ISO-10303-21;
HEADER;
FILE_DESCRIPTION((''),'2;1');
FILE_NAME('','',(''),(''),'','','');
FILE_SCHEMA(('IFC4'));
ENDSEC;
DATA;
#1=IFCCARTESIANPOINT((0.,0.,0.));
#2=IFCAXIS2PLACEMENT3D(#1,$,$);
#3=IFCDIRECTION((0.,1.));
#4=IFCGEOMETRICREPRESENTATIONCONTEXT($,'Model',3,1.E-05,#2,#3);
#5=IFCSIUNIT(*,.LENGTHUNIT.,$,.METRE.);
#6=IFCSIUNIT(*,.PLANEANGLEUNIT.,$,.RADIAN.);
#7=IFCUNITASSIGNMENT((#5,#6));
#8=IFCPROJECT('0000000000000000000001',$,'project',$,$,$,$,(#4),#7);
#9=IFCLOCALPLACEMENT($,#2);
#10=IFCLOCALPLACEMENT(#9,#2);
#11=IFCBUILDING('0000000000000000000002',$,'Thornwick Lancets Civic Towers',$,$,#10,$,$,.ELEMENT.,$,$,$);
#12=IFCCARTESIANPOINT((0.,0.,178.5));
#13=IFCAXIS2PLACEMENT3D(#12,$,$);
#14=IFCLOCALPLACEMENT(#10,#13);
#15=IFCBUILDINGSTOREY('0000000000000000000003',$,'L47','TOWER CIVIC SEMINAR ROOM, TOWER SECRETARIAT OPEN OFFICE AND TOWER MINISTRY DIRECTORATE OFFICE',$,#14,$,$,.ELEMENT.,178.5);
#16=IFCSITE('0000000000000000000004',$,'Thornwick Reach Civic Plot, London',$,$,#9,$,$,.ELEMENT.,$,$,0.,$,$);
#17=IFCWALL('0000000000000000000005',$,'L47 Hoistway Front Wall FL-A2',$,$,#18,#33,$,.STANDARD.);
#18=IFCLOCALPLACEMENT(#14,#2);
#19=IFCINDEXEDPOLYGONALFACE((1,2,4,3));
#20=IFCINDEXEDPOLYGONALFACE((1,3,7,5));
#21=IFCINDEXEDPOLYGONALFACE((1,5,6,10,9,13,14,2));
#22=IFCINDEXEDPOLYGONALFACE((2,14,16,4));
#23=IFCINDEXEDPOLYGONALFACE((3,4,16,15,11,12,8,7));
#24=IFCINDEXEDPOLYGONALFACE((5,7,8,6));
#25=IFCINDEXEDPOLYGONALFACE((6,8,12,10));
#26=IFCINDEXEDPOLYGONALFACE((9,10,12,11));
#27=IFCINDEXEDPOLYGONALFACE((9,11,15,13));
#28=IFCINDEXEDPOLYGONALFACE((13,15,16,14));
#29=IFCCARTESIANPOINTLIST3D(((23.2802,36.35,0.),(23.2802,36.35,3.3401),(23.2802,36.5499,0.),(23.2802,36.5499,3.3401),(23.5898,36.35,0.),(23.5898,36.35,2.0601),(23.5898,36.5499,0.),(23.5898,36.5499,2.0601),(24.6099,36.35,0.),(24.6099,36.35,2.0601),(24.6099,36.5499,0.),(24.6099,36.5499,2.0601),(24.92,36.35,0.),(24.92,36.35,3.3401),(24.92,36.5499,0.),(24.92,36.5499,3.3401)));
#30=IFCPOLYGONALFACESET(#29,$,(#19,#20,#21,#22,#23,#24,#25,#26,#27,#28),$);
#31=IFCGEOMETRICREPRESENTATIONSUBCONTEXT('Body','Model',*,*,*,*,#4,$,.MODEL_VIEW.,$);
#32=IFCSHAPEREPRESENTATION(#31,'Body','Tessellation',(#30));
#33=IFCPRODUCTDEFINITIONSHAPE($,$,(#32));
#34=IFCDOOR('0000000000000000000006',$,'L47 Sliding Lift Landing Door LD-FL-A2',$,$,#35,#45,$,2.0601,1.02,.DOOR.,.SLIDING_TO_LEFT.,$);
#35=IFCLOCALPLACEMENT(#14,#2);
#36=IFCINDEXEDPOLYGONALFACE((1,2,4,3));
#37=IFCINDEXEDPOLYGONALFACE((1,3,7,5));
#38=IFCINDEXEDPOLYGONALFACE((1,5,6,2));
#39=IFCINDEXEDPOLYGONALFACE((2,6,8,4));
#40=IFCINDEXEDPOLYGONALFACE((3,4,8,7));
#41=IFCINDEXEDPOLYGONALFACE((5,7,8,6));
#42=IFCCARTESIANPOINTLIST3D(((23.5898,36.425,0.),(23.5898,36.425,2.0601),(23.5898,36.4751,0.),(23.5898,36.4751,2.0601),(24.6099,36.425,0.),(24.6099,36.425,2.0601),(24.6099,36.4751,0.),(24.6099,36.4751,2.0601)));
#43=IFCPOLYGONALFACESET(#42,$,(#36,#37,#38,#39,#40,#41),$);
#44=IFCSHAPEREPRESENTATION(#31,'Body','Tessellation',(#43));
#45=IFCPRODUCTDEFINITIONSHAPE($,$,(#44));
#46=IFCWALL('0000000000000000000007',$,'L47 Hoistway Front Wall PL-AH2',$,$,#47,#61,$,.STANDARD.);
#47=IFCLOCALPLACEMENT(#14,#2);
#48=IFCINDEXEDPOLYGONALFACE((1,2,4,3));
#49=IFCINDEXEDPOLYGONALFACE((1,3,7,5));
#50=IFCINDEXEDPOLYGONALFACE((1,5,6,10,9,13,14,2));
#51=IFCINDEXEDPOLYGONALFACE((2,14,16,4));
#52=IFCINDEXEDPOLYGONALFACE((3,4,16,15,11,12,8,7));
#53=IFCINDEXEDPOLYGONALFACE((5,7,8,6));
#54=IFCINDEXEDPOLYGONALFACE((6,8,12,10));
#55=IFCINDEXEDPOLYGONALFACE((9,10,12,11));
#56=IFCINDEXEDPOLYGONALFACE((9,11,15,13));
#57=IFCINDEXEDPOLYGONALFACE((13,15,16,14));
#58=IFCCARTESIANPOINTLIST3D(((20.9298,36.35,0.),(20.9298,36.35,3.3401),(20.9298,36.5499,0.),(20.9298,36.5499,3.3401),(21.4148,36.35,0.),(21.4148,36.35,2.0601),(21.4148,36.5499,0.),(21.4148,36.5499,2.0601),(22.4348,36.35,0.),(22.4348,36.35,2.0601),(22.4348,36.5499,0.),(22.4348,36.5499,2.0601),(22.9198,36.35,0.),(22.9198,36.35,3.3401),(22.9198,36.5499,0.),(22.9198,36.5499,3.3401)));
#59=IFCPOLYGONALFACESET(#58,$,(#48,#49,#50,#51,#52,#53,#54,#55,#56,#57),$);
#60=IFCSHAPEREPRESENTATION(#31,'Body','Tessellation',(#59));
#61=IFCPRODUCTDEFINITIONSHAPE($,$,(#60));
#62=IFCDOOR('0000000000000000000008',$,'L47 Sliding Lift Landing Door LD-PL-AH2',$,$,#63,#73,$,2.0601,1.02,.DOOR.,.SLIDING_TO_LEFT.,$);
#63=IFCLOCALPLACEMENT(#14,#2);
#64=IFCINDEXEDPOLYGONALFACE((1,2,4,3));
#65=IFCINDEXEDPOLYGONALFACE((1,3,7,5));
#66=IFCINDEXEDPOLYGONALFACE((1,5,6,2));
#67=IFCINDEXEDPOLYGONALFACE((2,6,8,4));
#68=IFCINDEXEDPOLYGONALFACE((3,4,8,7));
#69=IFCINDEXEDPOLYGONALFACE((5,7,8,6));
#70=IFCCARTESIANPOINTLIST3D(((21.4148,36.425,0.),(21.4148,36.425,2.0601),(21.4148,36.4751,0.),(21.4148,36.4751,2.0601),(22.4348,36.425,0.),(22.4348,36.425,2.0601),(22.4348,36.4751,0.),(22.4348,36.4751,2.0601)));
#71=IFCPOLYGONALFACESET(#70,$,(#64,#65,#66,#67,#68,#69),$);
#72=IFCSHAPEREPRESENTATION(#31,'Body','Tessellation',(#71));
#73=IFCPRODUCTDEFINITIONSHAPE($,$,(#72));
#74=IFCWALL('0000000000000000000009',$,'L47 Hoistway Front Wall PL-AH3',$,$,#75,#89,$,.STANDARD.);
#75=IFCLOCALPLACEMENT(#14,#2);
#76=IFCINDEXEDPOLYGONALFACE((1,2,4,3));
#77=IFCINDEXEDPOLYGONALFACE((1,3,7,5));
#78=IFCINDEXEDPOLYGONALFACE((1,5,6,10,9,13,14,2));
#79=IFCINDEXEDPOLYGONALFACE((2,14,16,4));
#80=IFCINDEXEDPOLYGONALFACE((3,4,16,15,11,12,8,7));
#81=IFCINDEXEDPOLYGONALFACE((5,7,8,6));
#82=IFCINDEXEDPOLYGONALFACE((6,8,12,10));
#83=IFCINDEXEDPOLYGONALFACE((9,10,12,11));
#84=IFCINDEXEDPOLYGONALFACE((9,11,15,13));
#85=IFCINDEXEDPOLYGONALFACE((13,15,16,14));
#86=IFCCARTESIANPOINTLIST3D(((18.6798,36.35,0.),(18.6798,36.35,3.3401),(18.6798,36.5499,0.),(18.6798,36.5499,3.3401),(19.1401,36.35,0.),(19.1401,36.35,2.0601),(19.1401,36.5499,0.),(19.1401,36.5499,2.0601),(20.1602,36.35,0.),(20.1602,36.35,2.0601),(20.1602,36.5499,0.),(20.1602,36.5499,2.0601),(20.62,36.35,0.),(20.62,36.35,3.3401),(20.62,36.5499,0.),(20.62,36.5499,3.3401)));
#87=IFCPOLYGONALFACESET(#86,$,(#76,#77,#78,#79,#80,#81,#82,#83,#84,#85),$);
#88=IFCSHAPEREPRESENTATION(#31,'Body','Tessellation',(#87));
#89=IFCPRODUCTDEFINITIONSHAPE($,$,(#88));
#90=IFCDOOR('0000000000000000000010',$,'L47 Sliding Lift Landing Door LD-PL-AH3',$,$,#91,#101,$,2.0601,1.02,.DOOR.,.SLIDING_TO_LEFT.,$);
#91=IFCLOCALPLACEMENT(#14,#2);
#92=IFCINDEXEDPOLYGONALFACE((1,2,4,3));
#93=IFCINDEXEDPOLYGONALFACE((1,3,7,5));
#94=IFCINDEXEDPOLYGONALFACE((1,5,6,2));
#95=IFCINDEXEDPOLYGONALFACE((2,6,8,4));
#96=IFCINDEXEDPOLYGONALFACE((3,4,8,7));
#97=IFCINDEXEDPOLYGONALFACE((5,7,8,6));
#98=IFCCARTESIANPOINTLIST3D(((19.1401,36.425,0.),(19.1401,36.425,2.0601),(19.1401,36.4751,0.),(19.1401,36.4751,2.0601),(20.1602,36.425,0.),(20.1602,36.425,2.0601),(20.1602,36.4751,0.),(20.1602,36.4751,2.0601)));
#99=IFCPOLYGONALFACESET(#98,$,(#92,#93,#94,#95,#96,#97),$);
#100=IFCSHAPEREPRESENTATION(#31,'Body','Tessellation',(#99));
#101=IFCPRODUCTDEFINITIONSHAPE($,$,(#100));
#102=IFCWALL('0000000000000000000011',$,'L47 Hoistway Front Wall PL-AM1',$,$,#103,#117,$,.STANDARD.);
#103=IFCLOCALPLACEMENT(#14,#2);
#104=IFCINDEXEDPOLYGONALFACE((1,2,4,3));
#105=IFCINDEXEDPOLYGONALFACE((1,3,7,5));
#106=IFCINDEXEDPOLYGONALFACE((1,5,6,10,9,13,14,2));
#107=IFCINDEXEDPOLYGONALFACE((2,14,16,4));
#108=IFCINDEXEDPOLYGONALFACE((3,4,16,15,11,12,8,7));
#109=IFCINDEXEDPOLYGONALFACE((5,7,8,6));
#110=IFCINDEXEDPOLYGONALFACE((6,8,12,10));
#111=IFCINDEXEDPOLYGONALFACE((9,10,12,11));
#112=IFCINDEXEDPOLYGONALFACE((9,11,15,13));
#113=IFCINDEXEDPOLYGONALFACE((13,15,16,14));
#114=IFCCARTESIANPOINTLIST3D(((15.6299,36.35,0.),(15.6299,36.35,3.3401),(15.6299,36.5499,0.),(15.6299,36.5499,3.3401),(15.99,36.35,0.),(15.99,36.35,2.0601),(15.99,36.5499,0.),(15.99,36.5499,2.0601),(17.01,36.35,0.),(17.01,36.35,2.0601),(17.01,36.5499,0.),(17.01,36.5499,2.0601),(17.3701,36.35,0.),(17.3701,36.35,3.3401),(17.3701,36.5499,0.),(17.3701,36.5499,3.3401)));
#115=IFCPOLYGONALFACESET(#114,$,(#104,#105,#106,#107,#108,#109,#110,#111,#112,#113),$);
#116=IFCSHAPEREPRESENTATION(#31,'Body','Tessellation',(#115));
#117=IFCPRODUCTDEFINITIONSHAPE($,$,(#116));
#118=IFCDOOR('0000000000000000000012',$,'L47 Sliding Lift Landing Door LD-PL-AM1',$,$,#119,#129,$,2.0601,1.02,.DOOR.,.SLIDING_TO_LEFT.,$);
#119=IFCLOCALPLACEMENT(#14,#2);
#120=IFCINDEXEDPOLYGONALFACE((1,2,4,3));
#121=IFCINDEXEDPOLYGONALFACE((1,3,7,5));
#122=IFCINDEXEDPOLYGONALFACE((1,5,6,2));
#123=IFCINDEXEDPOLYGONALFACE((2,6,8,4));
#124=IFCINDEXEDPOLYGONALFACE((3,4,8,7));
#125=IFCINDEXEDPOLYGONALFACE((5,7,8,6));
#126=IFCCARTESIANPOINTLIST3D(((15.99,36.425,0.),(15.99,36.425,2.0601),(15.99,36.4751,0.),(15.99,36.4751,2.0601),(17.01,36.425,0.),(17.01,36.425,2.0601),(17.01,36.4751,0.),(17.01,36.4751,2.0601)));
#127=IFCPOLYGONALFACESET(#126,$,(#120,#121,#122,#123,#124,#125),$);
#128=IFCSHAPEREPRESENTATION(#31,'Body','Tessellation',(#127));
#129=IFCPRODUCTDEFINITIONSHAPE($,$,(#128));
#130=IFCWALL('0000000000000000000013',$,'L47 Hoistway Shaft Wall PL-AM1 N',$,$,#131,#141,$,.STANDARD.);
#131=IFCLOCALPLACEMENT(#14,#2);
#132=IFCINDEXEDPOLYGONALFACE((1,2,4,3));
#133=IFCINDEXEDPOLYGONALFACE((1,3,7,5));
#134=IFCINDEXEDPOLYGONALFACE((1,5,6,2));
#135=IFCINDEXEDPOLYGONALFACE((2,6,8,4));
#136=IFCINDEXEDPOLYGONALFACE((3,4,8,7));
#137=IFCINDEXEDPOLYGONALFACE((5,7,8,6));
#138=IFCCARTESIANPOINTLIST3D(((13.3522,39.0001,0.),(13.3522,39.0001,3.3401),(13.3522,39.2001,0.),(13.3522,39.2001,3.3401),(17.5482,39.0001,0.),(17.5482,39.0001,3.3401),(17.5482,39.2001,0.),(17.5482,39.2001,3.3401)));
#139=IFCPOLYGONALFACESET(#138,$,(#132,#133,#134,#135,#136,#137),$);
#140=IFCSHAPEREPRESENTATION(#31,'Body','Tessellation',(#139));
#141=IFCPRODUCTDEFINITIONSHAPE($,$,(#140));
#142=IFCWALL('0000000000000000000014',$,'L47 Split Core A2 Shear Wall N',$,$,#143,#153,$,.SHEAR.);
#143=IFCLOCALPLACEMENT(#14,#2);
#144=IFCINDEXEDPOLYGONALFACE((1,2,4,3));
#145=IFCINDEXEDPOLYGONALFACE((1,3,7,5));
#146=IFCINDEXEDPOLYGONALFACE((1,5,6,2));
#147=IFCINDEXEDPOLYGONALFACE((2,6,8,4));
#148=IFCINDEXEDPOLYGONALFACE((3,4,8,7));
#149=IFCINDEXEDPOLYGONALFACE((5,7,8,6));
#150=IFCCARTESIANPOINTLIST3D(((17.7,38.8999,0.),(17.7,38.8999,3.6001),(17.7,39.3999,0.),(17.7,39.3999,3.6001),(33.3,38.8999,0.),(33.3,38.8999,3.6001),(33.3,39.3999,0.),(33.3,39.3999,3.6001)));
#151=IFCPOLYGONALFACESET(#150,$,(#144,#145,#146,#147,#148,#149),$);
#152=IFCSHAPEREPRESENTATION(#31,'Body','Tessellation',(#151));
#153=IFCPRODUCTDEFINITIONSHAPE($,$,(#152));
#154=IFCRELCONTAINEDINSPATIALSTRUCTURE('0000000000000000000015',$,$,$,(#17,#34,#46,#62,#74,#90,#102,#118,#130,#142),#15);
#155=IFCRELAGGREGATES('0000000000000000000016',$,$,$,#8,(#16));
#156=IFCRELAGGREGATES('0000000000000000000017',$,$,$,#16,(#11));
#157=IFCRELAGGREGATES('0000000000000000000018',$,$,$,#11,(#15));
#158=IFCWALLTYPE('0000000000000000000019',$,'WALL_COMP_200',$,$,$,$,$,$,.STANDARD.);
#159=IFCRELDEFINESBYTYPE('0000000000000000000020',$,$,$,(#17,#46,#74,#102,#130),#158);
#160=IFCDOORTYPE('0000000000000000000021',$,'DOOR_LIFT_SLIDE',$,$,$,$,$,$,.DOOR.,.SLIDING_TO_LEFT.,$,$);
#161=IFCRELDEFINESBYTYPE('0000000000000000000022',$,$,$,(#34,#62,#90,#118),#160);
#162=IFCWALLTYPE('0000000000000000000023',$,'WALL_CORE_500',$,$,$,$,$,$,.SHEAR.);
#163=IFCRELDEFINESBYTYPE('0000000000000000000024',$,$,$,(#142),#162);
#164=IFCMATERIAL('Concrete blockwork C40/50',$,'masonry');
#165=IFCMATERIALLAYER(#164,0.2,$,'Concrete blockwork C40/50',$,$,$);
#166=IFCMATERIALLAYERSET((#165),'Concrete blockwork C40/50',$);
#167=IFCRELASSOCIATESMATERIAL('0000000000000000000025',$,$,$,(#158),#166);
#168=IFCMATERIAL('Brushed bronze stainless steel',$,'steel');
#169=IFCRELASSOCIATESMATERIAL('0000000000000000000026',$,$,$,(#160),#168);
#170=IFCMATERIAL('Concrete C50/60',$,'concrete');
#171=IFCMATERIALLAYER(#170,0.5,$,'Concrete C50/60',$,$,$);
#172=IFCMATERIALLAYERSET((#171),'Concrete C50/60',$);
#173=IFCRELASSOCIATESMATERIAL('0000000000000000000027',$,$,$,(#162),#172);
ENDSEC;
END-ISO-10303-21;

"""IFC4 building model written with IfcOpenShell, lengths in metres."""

from ifc_helpers import new_model, si_unit, direction, frame, frame_2d, origin, place, context, subcontext, project, spatial, rectangle, extrude, material, layer, layer_set, type_object, element, fill, save


model = new_model("IFC4")

# Units and contexts
model_context = context("Model", 3, precision=1e-05, world=origin(), true_north=direction((0.0, 1.0)))
body_context = subcontext(model_context, "Body", "Model", "MODEL_VIEW")
ifc_project = project(units=[si_unit("LENGTHUNIT", "METRE"), si_unit("PLANEANGLEUNIT", "RADIAN")], contexts=[model_context])

# Site, building, storey
site_placement = place(None, origin())
site = spatial("IfcSite", under=ifc_project, at=site_placement, Name="Thornwick Reach Civic Plot, London", CompositionType="ELEMENT", RefElevation=0.0)
building_placement = place(site_placement, origin())
building = spatial("IfcBuilding", under=site, at=building_placement, Name="Thornwick Lancets Civic Towers", CompositionType="ELEMENT")
storey_placement = place(building_placement, frame((0.0, 0.0, 178.5)))
storey = spatial("IfcBuildingStorey", under=building, at=storey_placement, Name="L47", Description="TOWER CIVIC SEMINAR ROOM, TOWER SECRETARIAT OPEN OFFICE AND TOWER MINISTRY DIRECTORATE OFFICE", CompositionType="ELEMENT", Elevation=178.5)

# Shared definitions
ifc_material_1 = material(Name="Concrete C50/60", Category="concrete")

# Walls, openings, doors
ifc_material_2 = material(Name="Concrete blockwork C40/50", Category="masonry")
ifc_layer_1 = layer(ifc_material_2, 0.2, Name="Concrete blockwork C40/50")
ifc_layer_set_1 = layer_set([ifc_layer_1], Name="Concrete blockwork C40/50")
wall_type_1 = type_object("IfcWallType", Name="WALL_COMP_200", PredefinedType="STANDARD", material=ifc_layer_set_1)
wall_1_placement = place(storey_placement, frame((24.9199, 36.45, 0.0), z_axis=(0.0, 0.0, 1.0), x_axis=(-1.0, 0.0, 0.0)))
wall_1 = element("IfcWall", 1, at=wall_1_placement, inside=storey, type_object=wall_type_1, Name="L47 Hoistway Front Wall FL-A2", PredefinedType="STANDARD", context=body_context, shape_type="SweptSolid", body=[
    extrude(rectangle(XDim=1.6399, YDim=0.2, at=frame_2d((0.8198, 0.0))), origin(), (0.0, 0.0, 1.0), 3.3401),
])
opening_1_placement = place(wall_1_placement, frame((0.3101, 0.0, 0.0)))
opening_1 = element("IfcOpeningElement", 2, at=opening_1_placement, cuts=wall_1, PredefinedType="OPENING", context=body_context, shape_type="SweptSolid", body=[
    extrude(rectangle(XDim=1.02, YDim=2.0601, at=frame_2d((0.51, 1.03))), frame((0.0, 0.1099, 0.0), z_axis=(0.0, -1.0, 0.0), x_axis=(1.0, 0.0, 0.0)), (0.0, 0.0, 1.0), 0.22),
])
ifc_material_3 = material(Name="Brushed bronze stainless steel", Category="steel")
door_type = type_object("IfcDoorType", Name="DOOR_LIFT_SLIDE", OperationType="SLIDING_TO_LEFT", PredefinedType="DOOR", material=ifc_material_3)
door_1_placement = place(opening_1_placement, origin())
door_1 = element("IfcDoor", 3, at=door_1_placement, inside=storey, type_object=door_type, Name="L47 Sliding Lift Landing Door LD-FL-A2", OperationType="SLIDING_TO_LEFT", OverallHeight=2.0601, OverallWidth=1.02, PredefinedType="DOOR", context=body_context, shape_type="SweptSolid", body=[
    extrude(rectangle(XDim=1.02, YDim=2.0601, at=frame_2d((0.51, 1.03))), frame((0.0, 0.0249, 0.0), z_axis=(0.0, -1.0, 0.0), x_axis=(1.0, 0.0, 0.0)), (0.0, 0.0, 1.0), 0.05),
])
fill(opening_1, door_1)
wall_2_placement = place(storey_placement, frame((22.9199, 36.45, 0.0), z_axis=(0.0, 0.0, 1.0), x_axis=(-1.0, 0.0, 0.0)))
wall_2 = element("IfcWall", 4, at=wall_2_placement, inside=storey, type_object=wall_type_1, Name="L47 Hoistway Front Wall PL-AH2", PredefinedType="STANDARD", context=body_context, shape_type="SweptSolid", body=[
    extrude(rectangle(XDim=1.99, YDim=0.2, at=frame_2d((0.9951, 0.0))), origin(), (0.0, 0.0, 1.0), 3.3401),
])
opening_2_placement = place(wall_2_placement, frame((0.4851, 0.0, 0.0)))
opening_2 = element("IfcOpeningElement", 5, at=opening_2_placement, cuts=wall_2, PredefinedType="OPENING", context=body_context, shape_type="SweptSolid", body=[
    extrude(rectangle(XDim=1.02, YDim=2.0601, at=frame_2d((0.51, 1.03))), frame((0.0, 0.1099, 0.0), z_axis=(0.0, -1.0, 0.0), x_axis=(1.0, 0.0, 0.0)), (0.0, 0.0, 1.0), 0.22),
])
door_2_placement = place(opening_2_placement, origin())
door_2 = element("IfcDoor", 6, at=door_2_placement, inside=storey, type_object=door_type, Name="L47 Sliding Lift Landing Door LD-PL-AH2", OperationType="SLIDING_TO_LEFT", OverallHeight=2.0601, OverallWidth=1.02, PredefinedType="DOOR", context=body_context, shape_type="SweptSolid", body=[
    extrude(rectangle(XDim=1.02, YDim=2.0601, at=frame_2d((0.51, 1.03))), frame((0.0, 0.0249, 0.0), z_axis=(0.0, -1.0, 0.0), x_axis=(1.0, 0.0, 0.0)), (0.0, 0.0, 1.0), 0.05),
])
fill(opening_2, door_2)
wall_3_placement = place(storey_placement, frame((20.6201, 36.45, 0.0), z_axis=(0.0, 0.0, 1.0), x_axis=(-1.0, 0.0, 0.0)))
wall_3 = element("IfcWall", 7, at=wall_3_placement, inside=storey, type_object=wall_type_1, Name="L47 Hoistway Front Wall PL-AH3", PredefinedType="STANDARD", context=body_context, shape_type="SweptSolid", body=[
    extrude(rectangle(XDim=1.9402, YDim=0.2, at=frame_2d((0.9702, 0.0))), origin(), (0.0, 0.0, 1.0), 3.3401),
])
opening_3_placement = place(wall_3_placement, frame((0.46, 0.0, 0.0)))
opening_3 = element("IfcOpeningElement", 8, at=opening_3_placement, cuts=wall_3, PredefinedType="OPENING", context=body_context, shape_type="SweptSolid", body=[
    extrude(rectangle(XDim=1.02, YDim=2.0601, at=frame_2d((0.51, 1.03))), frame((0.0, 0.1099, 0.0), z_axis=(0.0, -1.0, 0.0), x_axis=(1.0, 0.0, 0.0)), (0.0, 0.0, 1.0), 0.22),
])
door_3_placement = place(opening_3_placement, origin())
door_3 = element("IfcDoor", 9, at=door_3_placement, inside=storey, type_object=door_type, Name="L47 Sliding Lift Landing Door LD-PL-AH3", OperationType="SLIDING_TO_LEFT", OverallHeight=2.0601, OverallWidth=1.02, PredefinedType="DOOR", context=body_context, shape_type="SweptSolid", body=[
    extrude(rectangle(XDim=1.02, YDim=2.0601, at=frame_2d((0.51, 1.03))), frame((0.0, 0.0249, 0.0), z_axis=(0.0, -1.0, 0.0), x_axis=(1.0, 0.0, 0.0)), (0.0, 0.0, 1.0), 0.05),
])
fill(opening_3, door_3)
wall_4_placement = place(storey_placement, frame((17.3701, 36.45, 0.0), z_axis=(0.0, 0.0, 1.0), x_axis=(-1.0, 0.0, 0.0)))
wall_4 = element("IfcWall", 10, at=wall_4_placement, inside=storey, type_object=wall_type_1, Name="L47 Hoistway Front Wall PL-AM1", PredefinedType="STANDARD", context=body_context, shape_type="SweptSolid", body=[
    extrude(rectangle(XDim=1.7402, YDim=0.2, at=frame_2d((0.8701, 0.0))), origin(), (0.0, 0.0, 1.0), 3.3401),
])
opening_4_placement = place(wall_4_placement, frame((0.3601, 0.0, 0.0)))
opening_4 = element("IfcOpeningElement", 11, at=opening_4_placement, cuts=wall_4, PredefinedType="OPENING", context=body_context, shape_type="SweptSolid", body=[
    extrude(rectangle(XDim=1.02, YDim=2.0601, at=frame_2d((0.51, 1.03))), frame((0.0, 0.1099, 0.0), z_axis=(0.0, -1.0, 0.0), x_axis=(1.0, 0.0, 0.0)), (0.0, 0.0, 1.0), 0.22),
])
door_4_placement = place(opening_4_placement, origin())
door_4 = element("IfcDoor", 12, at=door_4_placement, inside=storey, type_object=door_type, Name="L47 Sliding Lift Landing Door LD-PL-AM1", OperationType="SLIDING_TO_LEFT", OverallHeight=2.0601, OverallWidth=1.02, PredefinedType="DOOR", context=body_context, shape_type="SweptSolid", body=[
    extrude(rectangle(XDim=1.02, YDim=2.0601, at=frame_2d((0.51, 1.03))), frame((0.0, 0.0249, 0.0), z_axis=(0.0, -1.0, 0.0), x_axis=(1.0, 0.0, 0.0)), (0.0, 0.0, 1.0), 0.05),
])
fill(opening_4, door_4)

# Walls
wall_5_placement = place(storey_placement, frame((13.3521, 39.1001, 0.0), z_axis=(0.0, 0.0, 1.0), x_axis=(1.0, 0.0, 0.0)))
element("IfcWall", 13, at=wall_5_placement, inside=storey, type_object=wall_type_1, Name="L47 Hoistway Shaft Wall PL-AM1 N", PredefinedType="STANDARD", context=body_context, shape_type="SweptSolid", body=[
    extrude(rectangle(XDim=4.196, YDim=0.2, at=frame_2d((2.0981, 0.0))), origin(), (0.0, 0.0, 1.0), 3.3401),
])
ifc_layer_2 = layer(ifc_material_1, 0.5, Name="Concrete C50/60")
ifc_layer_set_2 = layer_set([ifc_layer_2], Name="Concrete C50/60")
wall_type_2 = type_object("IfcWallType", Name="WALL_CORE_500", PredefinedType="SHEAR", material=ifc_layer_set_2)
wall_6_placement = place(storey_placement, frame((17.7, 39.1499, 0.0), z_axis=(0.0, 0.0, 1.0), x_axis=(1.0, 0.0, 0.0)))
element("IfcWall", 14, at=wall_6_placement, inside=storey, type_object=wall_type_2, Name="L47 Split Core A2 Shear Wall N", PredefinedType="SHEAR", context=body_context, shape_type="SweptSolid", body=[
    extrude(rectangle(XDim=15.6001, YDim=0.5, at=frame_2d((7.8, 0.0))), origin(), (0.0, 0.0, 1.0), 3.6001),
])

save(model, "model.ifc")
